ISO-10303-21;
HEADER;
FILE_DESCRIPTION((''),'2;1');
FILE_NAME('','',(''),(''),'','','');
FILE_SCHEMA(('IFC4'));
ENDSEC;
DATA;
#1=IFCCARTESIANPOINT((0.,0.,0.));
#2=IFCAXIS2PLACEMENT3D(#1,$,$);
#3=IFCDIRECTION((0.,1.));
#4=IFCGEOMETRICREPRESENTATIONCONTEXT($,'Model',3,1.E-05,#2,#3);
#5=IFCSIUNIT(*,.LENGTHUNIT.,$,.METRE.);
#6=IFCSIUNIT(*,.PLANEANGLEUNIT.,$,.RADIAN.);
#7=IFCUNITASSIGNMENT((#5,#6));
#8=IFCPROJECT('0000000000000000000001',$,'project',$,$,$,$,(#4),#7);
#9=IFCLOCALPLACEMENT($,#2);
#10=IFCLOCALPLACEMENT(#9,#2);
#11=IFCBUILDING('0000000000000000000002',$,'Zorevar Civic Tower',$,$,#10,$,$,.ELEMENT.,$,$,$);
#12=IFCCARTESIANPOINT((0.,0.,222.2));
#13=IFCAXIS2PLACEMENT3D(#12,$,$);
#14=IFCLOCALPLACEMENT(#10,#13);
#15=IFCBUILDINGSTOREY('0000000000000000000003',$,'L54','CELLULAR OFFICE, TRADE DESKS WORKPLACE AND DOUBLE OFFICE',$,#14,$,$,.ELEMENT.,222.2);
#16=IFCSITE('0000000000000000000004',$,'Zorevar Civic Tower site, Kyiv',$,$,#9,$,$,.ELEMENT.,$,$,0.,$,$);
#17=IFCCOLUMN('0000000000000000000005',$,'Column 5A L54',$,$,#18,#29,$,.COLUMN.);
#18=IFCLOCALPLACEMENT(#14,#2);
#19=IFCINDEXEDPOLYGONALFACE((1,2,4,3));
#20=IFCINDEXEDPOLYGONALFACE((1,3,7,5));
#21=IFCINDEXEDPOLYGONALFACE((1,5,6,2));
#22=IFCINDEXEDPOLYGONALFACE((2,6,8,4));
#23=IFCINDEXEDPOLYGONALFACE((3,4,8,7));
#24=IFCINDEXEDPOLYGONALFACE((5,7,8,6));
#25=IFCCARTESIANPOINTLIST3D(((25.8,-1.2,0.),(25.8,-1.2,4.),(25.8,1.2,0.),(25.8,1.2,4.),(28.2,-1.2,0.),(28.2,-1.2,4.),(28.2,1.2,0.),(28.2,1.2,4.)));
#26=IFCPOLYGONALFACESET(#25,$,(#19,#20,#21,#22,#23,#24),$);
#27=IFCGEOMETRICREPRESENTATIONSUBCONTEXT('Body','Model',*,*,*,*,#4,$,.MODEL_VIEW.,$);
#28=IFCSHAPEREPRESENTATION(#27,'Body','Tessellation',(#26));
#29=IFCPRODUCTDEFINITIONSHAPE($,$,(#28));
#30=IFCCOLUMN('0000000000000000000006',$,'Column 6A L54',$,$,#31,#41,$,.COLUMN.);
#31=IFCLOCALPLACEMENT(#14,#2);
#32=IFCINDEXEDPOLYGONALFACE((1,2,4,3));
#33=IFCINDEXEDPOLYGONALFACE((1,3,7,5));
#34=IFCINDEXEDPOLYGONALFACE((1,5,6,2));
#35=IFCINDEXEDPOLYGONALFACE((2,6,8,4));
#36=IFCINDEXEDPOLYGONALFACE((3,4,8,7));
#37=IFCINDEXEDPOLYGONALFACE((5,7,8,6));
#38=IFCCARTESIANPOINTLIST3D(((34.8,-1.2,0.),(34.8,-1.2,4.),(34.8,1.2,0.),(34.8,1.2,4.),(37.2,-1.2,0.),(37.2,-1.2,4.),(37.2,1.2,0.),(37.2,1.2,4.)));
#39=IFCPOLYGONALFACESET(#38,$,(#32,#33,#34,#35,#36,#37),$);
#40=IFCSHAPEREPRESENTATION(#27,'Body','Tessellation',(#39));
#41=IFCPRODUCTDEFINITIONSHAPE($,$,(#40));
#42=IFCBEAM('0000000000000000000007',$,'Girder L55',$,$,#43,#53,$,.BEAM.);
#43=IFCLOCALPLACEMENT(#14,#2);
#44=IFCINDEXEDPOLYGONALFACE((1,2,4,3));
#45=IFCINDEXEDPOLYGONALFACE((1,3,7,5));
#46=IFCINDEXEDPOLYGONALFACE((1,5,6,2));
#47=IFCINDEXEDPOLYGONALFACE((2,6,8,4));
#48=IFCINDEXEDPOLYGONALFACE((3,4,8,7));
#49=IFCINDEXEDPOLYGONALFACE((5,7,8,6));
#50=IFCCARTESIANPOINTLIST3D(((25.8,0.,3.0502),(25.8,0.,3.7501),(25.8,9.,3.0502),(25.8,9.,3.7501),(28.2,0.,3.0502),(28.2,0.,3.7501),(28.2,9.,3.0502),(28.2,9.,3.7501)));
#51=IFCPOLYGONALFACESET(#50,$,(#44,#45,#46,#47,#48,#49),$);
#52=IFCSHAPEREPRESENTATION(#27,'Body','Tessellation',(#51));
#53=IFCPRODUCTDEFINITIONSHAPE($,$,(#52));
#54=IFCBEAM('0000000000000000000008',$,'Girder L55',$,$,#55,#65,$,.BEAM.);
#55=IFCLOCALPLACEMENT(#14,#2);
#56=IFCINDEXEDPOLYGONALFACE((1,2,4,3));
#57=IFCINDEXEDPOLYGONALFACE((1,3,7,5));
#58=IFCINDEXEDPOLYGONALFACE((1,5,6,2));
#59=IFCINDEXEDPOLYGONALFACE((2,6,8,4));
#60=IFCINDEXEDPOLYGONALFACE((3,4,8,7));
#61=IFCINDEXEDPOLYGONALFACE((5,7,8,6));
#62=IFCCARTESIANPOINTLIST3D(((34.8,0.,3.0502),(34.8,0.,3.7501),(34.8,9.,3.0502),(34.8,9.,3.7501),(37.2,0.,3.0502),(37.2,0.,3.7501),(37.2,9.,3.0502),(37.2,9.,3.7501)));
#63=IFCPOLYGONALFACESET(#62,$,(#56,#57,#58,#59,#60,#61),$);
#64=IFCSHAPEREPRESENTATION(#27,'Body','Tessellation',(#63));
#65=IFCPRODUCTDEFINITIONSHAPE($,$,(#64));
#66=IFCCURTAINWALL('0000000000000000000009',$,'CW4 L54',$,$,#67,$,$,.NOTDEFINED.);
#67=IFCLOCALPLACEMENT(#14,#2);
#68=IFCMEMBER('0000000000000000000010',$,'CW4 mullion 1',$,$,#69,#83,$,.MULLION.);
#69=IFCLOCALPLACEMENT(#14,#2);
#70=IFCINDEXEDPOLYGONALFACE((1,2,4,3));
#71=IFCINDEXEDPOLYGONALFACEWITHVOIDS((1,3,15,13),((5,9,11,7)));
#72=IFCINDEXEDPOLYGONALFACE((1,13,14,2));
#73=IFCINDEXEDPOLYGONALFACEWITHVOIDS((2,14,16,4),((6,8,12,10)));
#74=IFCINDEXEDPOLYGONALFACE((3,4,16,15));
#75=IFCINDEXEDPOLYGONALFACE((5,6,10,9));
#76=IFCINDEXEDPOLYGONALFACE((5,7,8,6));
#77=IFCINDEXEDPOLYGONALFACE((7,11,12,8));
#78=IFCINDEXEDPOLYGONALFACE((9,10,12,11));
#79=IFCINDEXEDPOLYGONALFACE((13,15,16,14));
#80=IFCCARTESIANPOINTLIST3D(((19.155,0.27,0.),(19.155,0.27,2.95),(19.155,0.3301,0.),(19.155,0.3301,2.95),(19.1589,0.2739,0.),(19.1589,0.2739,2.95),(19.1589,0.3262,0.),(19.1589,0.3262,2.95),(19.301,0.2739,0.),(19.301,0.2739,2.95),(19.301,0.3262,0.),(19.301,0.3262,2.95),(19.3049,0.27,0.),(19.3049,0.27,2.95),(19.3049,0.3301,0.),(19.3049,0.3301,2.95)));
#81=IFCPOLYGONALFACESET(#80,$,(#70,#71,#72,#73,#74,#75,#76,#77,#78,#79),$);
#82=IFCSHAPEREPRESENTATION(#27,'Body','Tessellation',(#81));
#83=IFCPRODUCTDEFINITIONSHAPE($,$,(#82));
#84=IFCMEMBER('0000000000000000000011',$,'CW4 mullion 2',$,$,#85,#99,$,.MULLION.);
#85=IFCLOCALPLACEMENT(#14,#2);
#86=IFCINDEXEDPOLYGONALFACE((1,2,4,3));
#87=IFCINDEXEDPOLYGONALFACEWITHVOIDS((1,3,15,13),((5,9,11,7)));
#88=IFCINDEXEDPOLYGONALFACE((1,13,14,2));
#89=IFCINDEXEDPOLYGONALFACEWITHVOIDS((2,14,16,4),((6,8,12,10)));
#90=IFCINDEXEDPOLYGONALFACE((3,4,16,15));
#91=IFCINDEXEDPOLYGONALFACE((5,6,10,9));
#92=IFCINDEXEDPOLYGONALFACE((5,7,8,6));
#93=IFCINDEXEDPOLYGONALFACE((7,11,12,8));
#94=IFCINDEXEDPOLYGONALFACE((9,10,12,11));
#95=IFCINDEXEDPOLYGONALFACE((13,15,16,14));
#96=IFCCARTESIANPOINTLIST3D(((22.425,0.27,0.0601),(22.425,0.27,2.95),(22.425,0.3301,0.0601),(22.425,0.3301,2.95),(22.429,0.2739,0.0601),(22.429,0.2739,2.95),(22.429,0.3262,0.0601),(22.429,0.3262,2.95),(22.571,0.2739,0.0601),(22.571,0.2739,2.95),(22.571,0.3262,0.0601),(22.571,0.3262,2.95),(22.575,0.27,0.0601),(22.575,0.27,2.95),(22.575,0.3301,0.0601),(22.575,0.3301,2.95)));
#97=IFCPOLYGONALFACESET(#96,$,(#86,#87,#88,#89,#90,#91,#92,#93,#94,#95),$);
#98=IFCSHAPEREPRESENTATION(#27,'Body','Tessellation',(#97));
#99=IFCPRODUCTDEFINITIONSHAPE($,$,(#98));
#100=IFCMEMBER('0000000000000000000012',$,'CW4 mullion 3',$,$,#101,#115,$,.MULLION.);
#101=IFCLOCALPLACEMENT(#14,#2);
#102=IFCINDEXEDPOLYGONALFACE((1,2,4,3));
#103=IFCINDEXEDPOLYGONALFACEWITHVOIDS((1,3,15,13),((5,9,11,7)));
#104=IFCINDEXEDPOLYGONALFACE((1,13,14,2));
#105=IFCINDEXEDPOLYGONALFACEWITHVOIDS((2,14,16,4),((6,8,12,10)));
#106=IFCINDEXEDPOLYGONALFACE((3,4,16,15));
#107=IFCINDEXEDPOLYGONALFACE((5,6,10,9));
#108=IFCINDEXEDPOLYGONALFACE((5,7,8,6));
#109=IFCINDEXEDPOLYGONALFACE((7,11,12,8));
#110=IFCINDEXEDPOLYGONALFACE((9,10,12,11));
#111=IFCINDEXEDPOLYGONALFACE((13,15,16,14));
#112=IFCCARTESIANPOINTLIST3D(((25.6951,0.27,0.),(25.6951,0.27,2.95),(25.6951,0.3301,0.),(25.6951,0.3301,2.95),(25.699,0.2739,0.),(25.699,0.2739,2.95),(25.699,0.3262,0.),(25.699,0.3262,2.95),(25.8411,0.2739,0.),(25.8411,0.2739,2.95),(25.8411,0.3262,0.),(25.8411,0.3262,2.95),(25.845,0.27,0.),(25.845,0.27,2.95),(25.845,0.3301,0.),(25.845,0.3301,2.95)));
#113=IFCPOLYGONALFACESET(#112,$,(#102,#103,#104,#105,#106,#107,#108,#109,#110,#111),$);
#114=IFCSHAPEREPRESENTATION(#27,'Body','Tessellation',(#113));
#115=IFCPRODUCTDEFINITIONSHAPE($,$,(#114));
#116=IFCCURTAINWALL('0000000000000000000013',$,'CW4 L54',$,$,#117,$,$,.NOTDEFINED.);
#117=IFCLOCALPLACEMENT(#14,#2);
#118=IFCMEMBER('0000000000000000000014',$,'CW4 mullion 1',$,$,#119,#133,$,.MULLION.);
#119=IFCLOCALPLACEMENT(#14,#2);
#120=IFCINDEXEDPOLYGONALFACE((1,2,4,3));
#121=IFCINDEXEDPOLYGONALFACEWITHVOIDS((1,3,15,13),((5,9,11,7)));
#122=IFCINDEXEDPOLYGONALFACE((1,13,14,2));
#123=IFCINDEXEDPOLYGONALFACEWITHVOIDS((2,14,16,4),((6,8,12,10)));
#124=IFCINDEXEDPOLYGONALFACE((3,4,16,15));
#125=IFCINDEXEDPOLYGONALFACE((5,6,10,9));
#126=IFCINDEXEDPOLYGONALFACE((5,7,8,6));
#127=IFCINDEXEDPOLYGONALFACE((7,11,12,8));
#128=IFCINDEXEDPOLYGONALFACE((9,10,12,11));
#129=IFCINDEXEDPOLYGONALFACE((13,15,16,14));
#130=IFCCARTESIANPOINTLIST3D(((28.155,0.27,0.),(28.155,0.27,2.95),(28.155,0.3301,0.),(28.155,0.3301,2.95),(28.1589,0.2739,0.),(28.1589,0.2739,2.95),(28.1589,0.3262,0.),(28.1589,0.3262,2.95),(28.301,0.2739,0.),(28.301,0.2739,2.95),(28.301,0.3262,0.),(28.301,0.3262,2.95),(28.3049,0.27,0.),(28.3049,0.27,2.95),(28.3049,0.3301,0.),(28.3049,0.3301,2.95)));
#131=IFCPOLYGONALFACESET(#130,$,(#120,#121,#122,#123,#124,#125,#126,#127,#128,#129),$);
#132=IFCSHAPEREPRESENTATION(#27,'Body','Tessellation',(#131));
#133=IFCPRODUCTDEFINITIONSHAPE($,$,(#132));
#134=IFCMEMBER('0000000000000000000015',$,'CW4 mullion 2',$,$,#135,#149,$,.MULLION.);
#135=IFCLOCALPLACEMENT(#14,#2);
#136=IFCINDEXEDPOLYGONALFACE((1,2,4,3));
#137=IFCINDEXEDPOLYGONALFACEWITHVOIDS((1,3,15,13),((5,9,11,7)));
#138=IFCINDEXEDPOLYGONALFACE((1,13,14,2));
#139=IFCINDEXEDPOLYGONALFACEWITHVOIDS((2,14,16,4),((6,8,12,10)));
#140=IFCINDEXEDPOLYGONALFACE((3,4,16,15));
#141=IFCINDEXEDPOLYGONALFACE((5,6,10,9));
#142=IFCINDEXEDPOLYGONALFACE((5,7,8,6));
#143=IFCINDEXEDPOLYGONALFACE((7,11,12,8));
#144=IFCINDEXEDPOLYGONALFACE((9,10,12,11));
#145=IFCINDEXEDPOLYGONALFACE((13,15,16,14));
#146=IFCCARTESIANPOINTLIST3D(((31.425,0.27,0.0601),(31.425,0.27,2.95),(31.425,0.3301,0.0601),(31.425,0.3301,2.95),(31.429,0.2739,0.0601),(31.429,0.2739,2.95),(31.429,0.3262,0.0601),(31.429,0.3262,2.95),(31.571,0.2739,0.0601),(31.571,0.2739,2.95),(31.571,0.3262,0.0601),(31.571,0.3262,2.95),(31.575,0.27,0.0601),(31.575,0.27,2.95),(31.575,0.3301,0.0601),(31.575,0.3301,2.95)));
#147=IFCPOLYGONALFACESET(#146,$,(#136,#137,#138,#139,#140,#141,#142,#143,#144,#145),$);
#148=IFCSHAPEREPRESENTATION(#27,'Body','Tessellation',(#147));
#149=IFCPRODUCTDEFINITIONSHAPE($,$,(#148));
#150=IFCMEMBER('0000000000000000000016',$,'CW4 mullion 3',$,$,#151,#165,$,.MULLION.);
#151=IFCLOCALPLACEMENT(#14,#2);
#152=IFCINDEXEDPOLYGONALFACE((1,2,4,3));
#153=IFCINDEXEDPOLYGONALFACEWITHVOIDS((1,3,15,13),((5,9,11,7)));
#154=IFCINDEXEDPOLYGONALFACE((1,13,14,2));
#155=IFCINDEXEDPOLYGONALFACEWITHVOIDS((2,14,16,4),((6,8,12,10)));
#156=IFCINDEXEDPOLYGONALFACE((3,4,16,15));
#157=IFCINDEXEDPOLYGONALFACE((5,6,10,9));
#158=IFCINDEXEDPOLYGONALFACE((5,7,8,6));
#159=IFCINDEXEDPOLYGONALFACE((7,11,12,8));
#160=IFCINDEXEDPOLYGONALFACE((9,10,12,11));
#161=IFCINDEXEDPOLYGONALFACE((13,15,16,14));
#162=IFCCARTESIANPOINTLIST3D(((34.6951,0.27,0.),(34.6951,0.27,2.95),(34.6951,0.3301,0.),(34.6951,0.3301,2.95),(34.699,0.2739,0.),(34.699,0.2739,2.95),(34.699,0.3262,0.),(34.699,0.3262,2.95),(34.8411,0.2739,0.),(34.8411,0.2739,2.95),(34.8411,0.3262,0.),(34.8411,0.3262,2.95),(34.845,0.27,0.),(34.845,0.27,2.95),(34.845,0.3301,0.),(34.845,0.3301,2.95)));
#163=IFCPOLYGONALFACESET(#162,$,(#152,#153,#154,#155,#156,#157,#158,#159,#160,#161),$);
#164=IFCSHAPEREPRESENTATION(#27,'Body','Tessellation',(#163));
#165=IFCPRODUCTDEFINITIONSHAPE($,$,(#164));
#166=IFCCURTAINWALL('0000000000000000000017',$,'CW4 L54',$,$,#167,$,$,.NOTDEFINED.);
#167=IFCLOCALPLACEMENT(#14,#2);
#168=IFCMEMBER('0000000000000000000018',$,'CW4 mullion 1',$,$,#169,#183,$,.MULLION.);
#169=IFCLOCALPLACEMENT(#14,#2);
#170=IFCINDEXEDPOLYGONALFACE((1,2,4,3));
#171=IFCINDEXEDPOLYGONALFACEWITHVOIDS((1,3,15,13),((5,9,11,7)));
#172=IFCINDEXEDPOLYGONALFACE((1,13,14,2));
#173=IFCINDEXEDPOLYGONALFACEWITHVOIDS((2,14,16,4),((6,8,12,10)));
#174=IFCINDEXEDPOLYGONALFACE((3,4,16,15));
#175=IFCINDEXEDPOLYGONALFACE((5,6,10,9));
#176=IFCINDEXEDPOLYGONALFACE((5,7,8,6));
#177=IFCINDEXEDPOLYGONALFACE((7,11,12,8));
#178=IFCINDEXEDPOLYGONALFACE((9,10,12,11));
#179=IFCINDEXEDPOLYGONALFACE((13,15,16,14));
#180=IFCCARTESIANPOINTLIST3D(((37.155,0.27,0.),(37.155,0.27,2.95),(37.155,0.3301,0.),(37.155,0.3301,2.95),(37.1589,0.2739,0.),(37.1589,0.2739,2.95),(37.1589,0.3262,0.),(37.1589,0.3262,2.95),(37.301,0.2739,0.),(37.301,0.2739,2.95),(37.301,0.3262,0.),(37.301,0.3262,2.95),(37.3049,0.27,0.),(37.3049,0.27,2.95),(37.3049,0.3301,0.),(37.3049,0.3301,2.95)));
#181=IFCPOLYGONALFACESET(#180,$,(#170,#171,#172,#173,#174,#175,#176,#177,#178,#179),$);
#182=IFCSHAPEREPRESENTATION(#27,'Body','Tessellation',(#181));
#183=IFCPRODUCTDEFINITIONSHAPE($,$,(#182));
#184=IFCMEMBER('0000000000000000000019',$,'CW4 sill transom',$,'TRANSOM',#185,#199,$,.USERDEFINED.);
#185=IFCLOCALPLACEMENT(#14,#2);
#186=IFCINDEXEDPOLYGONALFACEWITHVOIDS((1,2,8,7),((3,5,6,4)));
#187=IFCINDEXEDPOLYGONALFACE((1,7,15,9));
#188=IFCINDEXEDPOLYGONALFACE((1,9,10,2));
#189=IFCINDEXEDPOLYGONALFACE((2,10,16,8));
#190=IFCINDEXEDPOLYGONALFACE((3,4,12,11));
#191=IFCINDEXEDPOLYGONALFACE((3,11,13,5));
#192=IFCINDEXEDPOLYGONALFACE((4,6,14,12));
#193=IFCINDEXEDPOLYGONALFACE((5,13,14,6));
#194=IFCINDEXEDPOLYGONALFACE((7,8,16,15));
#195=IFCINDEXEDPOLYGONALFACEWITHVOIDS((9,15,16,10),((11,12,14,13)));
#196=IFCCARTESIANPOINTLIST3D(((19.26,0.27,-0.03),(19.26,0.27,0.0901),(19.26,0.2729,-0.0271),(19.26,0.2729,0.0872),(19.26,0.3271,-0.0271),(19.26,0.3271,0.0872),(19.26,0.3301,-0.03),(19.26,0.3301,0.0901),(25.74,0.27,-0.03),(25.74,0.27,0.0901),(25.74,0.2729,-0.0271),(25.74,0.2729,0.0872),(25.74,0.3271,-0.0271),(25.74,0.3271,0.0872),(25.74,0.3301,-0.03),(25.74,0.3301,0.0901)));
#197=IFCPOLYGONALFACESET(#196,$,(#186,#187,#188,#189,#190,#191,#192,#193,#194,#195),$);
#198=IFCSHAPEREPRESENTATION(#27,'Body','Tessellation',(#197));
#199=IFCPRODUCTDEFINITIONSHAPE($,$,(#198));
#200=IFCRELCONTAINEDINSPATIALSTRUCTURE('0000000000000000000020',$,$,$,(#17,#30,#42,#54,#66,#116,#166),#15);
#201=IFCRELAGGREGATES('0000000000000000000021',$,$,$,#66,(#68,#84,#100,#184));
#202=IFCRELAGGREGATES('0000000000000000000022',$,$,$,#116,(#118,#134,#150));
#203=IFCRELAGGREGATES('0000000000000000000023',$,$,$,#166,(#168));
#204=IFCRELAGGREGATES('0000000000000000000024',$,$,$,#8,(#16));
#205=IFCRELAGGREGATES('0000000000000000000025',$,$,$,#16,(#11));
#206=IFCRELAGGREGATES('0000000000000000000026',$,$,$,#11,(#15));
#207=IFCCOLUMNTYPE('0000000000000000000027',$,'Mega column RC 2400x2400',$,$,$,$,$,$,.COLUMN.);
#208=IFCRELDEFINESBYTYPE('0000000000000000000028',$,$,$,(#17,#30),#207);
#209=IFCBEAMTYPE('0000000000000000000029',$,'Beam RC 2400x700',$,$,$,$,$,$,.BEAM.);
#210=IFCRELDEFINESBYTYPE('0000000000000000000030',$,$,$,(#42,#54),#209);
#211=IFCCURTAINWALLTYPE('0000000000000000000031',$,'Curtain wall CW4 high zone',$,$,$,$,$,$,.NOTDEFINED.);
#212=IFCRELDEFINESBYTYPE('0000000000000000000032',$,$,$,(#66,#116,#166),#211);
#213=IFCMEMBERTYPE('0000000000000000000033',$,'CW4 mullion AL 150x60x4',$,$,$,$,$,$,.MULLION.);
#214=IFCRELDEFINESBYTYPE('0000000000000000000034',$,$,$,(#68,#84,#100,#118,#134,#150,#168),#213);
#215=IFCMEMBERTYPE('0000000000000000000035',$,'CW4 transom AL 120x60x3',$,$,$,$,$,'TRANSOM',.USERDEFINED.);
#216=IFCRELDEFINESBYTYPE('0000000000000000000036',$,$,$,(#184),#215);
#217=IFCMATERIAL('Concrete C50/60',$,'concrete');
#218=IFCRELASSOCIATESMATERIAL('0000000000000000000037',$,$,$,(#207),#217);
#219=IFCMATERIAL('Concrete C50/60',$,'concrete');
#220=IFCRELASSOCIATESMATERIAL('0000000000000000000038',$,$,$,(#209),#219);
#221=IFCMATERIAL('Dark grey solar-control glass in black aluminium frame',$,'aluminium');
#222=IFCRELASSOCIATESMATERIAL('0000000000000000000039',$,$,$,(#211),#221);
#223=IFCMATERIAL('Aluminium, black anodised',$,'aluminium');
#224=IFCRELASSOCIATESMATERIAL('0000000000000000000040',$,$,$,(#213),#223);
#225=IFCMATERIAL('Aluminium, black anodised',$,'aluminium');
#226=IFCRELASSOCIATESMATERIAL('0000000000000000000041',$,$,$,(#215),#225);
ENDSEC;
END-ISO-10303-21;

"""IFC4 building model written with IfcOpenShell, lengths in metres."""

from ifc_helpers import new_model, si_unit, direction, frame, origin, origin_2d, place, context, subcontext, project, spatial, rectangle, hollow_rectangle, extrude, material, material_profile, profile_set, type_object, element, aggregate, save


model = new_model("IFC4")

# Units and contexts
model_context = context("Model", 3, precision=1e-05, world=origin(), true_north=direction((0.0, 1.0)))
body_context = subcontext(model_context, "Body", "Model", "MODEL_VIEW")
ifc_project = project(units=[si_unit("LENGTHUNIT", "METRE"), si_unit("PLANEANGLEUNIT", "RADIAN")], contexts=[model_context])

# Site, building, storey
site_placement = place(None, origin())
site = spatial("IfcSite", under=ifc_project, at=site_placement, Name="Zorevar Civic Tower site, Kyiv", CompositionType="ELEMENT", RefElevation=0.0)
building_placement = place(site_placement, origin())
building = spatial("IfcBuilding", under=site, at=building_placement, Name="Zorevar Civic Tower", CompositionType="ELEMENT")
storey_placement = place(building_placement, frame((0.0, 0.0, 222.2)))
storey = spatial("IfcBuildingStorey", under=building, at=storey_placement, Name="L54", Description="CELLULAR OFFICE, TRADE DESKS WORKPLACE AND DOUBLE OFFICE", CompositionType="ELEMENT", Elevation=222.2)

# Columns
ifc_material_1 = material(Name="Concrete C50/60", Category="concrete")
ifc_material_profile_1 = material_profile(ifc_material_1, rectangle(XDim=2.3999, YDim=2.3999, at=origin_2d()), Name="RC 2400x2400")
ifc_profile_set_1 = profile_set([ifc_material_profile_1], Name="Concrete C50/60")
column_type = type_object("IfcColumnType", Name="Mega column RC 2400x2400", PredefinedType="COLUMN", material=ifc_profile_set_1)
for number, where, z_axis, x_axis, name in (
    (1, (27.0, 0.0, 0.0), (0.0, 0.0, 1.0), (1.0, 0.0, 0.0), "Column 5A L54"),
    (2, (36.0, 0.0, 0.0), (0.0, 0.0, 1.0), (1.0, 0.0, 0.0), "Column 6A L54"),
):
    element("IfcColumn", number, at=place(storey_placement, frame(where, z_axis=z_axis, x_axis=x_axis)), inside=storey, type_object=column_type, Name=name, PredefinedType="COLUMN", context=body_context, shape_type="SweptSolid", body=[
        extrude(rectangle(XDim=2.3999, YDim=2.3999, at=origin_2d()), origin(), (0.0, 0.0, 1.0), 4.0),
    ])

# Beams
ifc_material_2 = material(Name="Concrete C50/60", Category="concrete")
ifc_material_profile_2 = material_profile(ifc_material_2, rectangle(XDim=2.3999, YDim=0.7, at=origin_2d()), Name="RC 2400x700")
ifc_profile_set_2 = profile_set([ifc_material_profile_2], Name="Concrete C50/60")
beam_type_1 = type_object("IfcBeamType", Name="Beam RC 2400x700", PredefinedType="BEAM", material=ifc_profile_set_2)
for number, where, z_axis, x_axis, name in (
    (3, (27.0, 0.0, 3.4001), (0.0, 1.0, 0.0), (-1.0, 0.0, 0.0), "Girder L55"),
    (4, (36.0, 0.0, 3.4001), (0.0, 1.0, 0.0), (-1.0, 0.0, 0.0), "Girder L55"),
):
    element("IfcBeam", number, at=place(storey_placement, frame(where, z_axis=z_axis, x_axis=x_axis)), inside=storey, type_object=beam_type_1, Name=name, PredefinedType="BEAM", context=body_context, shape_type="SweptSolid", body=[
        extrude(rectangle(XDim=2.3999, YDim=0.7, at=origin_2d()), origin(), (0.0, 0.0, 1.0), 9.0),
    ])

# Curtain walls, members
ifc_material_3 = material(Name="Dark grey solar-control glass in black aluminium frame", Category="aluminium")
curtain_wall_type = type_object("IfcCurtainWallType", Name="Curtain wall CW4 high zone", PredefinedType="NOTDEFINED", material=ifc_material_3)
curtain_wall_1_placement = place(storey_placement, origin())
curtain_wall_1 = element("IfcCurtainWall", 5, at=curtain_wall_1_placement, inside=storey, type_object=curtain_wall_type, Name="CW4 L54", PredefinedType="NOTDEFINED")
ifc_material_4 = material(Name="Aluminium, black anodised", Category="aluminium")
ifc_material_profile_3 = material_profile(ifc_material_4, hollow_rectangle(XDim=0.0601, YDim=0.1499, WallThickness=0.0039, at=origin_2d()), Name="AL 150x60x4")
ifc_profile_set_3 = profile_set([ifc_material_profile_3], Name="Aluminium, black anodised")
member_type_1 = type_object("IfcMemberType", Name="CW4 mullion AL 150x60x4", PredefinedType="MULLION", material=ifc_profile_set_3)
member_1_placement = place(storey_placement, frame((19.23, 0.3, 0.0), z_axis=(0.0, 0.0, 1.0), x_axis=(0.0, 1.0, 0.0)))
member_1 = element("IfcMember", 6, at=member_1_placement, type_object=member_type_1, Name="CW4 mullion 1", PredefinedType="MULLION", context=body_context, shape_type="SweptSolid", body=[
    extrude(hollow_rectangle(XDim=0.0601, YDim=0.1499, WallThickness=0.0039, at=origin_2d()), origin(), (0.0, 0.0, 1.0), 2.95),
])
member_2_placement = place(storey_placement, frame((22.5, 0.3, 0.0601), z_axis=(0.0, 0.0, 1.0), x_axis=(0.0, 1.0, 0.0)))
member_2 = element("IfcMember", 7, at=member_2_placement, type_object=member_type_1, Name="CW4 mullion 2", PredefinedType="MULLION", context=body_context, shape_type="SweptSolid", body=[
    extrude(hollow_rectangle(XDim=0.0601, YDim=0.1499, WallThickness=0.0039, at=origin_2d()), origin(), (0.0, 0.0, 1.0), 2.8899),
])
member_3_placement = place(storey_placement, frame((25.77, 0.3, 0.0), z_axis=(0.0, 0.0, 1.0), x_axis=(0.0, 1.0, 0.0)))
member_3 = element("IfcMember", 8, at=member_3_placement, type_object=member_type_1, Name="CW4 mullion 3", PredefinedType="MULLION", context=body_context, shape_type="SweptSolid", body=[
    extrude(hollow_rectangle(XDim=0.0601, YDim=0.1499, WallThickness=0.0039, at=origin_2d()), origin(), (0.0, 0.0, 1.0), 2.95),
])
curtain_wall_2_placement = place(storey_placement, origin())
curtain_wall_2 = element("IfcCurtainWall", 9, at=curtain_wall_2_placement, inside=storey, type_object=curtain_wall_type, Name="CW4 L54", PredefinedType="NOTDEFINED")
member_4_placement = place(storey_placement, frame((28.23, 0.3, 0.0), z_axis=(0.0, 0.0, 1.0), x_axis=(0.0, 1.0, 0.0)))
member_4 = element("IfcMember", 10, at=member_4_placement, type_object=member_type_1, Name="CW4 mullion 1", PredefinedType="MULLION", context=body_context, shape_type="SweptSolid", body=[
    extrude(hollow_rectangle(XDim=0.0601, YDim=0.1499, WallThickness=0.0039, at=origin_2d()), origin(), (0.0, 0.0, 1.0), 2.95),
])
member_5_placement = place(storey_placement, frame((31.5, 0.3, 0.0601), z_axis=(0.0, 0.0, 1.0), x_axis=(0.0, 1.0, 0.0)))
member_5 = element("IfcMember", 11, at=member_5_placement, type_object=member_type_1, Name="CW4 mullion 2", PredefinedType="MULLION", context=body_context, shape_type="SweptSolid", body=[
    extrude(hollow_rectangle(XDim=0.0601, YDim=0.1499, WallThickness=0.0039, at=origin_2d()), origin(), (0.0, 0.0, 1.0), 2.8899),
])
member_6_placement = place(storey_placement, frame((34.77, 0.3, 0.0), z_axis=(0.0, 0.0, 1.0), x_axis=(0.0, 1.0, 0.0)))
member_6 = element("IfcMember", 12, at=member_6_placement, type_object=member_type_1, Name="CW4 mullion 3", PredefinedType="MULLION", context=body_context, shape_type="SweptSolid", body=[
    extrude(hollow_rectangle(XDim=0.0601, YDim=0.1499, WallThickness=0.0039, at=origin_2d()), origin(), (0.0, 0.0, 1.0), 2.95),
])

# Curtain wall, member
curtain_wall_3_placement = place(storey_placement, origin())
curtain_wall_3 = element("IfcCurtainWall", 13, at=curtain_wall_3_placement, inside=storey, type_object=curtain_wall_type, Name="CW4 L54", PredefinedType="NOTDEFINED")
member_7_placement = place(storey_placement, frame((37.23, 0.3, 0.0), z_axis=(0.0, 0.0, 1.0), x_axis=(0.0, 1.0, 0.0)))
member_7 = element("IfcMember", 14, at=member_7_placement, type_object=member_type_1, Name="CW4 mullion 1", PredefinedType="MULLION", context=body_context, shape_type="SweptSolid", body=[
    extrude(hollow_rectangle(XDim=0.0601, YDim=0.1499, WallThickness=0.0039, at=origin_2d()), origin(), (0.0, 0.0, 1.0), 2.95),
])

# Member
ifc_material_5 = material(Name="Aluminium, black anodised", Category="aluminium")
ifc_material_profile_4 = material_profile(ifc_material_5, hollow_rectangle(XDim=0.0601, YDim=0.1201, WallThickness=0.0029, at=origin_2d()), Name="AL 120x60x3")
ifc_profile_set_4 = profile_set([ifc_material_profile_4], Name="Aluminium, black anodised")
member_type_2 = type_object("IfcMemberType", Name="CW4 transom AL 120x60x3", ElementType="TRANSOM", PredefinedType="USERDEFINED", material=ifc_profile_set_4)
member_8_placement = place(storey_placement, frame((19.26, 0.3, 0.03), z_axis=(1.0, 0.0, 0.0), x_axis=(0.0, 1.0, 0.0)))
member_8 = element("IfcMember", 15, at=member_8_placement, type_object=member_type_2, Name="CW4 sill transom", ObjectType="TRANSOM", PredefinedType="USERDEFINED", context=body_context, shape_type="SweptSolid", body=[
    extrude(hollow_rectangle(XDim=0.0601, YDim=0.1201, WallThickness=0.0029, at=origin_2d()), origin(), (0.0, 0.0, 1.0), 6.48),
])

aggregate(curtain_wall_1, [member_1, member_2, member_3, member_8])
aggregate(curtain_wall_2, [member_4, member_5, member_6])
aggregate(curtain_wall_3, [member_7])

save(model, "model.ifc")
